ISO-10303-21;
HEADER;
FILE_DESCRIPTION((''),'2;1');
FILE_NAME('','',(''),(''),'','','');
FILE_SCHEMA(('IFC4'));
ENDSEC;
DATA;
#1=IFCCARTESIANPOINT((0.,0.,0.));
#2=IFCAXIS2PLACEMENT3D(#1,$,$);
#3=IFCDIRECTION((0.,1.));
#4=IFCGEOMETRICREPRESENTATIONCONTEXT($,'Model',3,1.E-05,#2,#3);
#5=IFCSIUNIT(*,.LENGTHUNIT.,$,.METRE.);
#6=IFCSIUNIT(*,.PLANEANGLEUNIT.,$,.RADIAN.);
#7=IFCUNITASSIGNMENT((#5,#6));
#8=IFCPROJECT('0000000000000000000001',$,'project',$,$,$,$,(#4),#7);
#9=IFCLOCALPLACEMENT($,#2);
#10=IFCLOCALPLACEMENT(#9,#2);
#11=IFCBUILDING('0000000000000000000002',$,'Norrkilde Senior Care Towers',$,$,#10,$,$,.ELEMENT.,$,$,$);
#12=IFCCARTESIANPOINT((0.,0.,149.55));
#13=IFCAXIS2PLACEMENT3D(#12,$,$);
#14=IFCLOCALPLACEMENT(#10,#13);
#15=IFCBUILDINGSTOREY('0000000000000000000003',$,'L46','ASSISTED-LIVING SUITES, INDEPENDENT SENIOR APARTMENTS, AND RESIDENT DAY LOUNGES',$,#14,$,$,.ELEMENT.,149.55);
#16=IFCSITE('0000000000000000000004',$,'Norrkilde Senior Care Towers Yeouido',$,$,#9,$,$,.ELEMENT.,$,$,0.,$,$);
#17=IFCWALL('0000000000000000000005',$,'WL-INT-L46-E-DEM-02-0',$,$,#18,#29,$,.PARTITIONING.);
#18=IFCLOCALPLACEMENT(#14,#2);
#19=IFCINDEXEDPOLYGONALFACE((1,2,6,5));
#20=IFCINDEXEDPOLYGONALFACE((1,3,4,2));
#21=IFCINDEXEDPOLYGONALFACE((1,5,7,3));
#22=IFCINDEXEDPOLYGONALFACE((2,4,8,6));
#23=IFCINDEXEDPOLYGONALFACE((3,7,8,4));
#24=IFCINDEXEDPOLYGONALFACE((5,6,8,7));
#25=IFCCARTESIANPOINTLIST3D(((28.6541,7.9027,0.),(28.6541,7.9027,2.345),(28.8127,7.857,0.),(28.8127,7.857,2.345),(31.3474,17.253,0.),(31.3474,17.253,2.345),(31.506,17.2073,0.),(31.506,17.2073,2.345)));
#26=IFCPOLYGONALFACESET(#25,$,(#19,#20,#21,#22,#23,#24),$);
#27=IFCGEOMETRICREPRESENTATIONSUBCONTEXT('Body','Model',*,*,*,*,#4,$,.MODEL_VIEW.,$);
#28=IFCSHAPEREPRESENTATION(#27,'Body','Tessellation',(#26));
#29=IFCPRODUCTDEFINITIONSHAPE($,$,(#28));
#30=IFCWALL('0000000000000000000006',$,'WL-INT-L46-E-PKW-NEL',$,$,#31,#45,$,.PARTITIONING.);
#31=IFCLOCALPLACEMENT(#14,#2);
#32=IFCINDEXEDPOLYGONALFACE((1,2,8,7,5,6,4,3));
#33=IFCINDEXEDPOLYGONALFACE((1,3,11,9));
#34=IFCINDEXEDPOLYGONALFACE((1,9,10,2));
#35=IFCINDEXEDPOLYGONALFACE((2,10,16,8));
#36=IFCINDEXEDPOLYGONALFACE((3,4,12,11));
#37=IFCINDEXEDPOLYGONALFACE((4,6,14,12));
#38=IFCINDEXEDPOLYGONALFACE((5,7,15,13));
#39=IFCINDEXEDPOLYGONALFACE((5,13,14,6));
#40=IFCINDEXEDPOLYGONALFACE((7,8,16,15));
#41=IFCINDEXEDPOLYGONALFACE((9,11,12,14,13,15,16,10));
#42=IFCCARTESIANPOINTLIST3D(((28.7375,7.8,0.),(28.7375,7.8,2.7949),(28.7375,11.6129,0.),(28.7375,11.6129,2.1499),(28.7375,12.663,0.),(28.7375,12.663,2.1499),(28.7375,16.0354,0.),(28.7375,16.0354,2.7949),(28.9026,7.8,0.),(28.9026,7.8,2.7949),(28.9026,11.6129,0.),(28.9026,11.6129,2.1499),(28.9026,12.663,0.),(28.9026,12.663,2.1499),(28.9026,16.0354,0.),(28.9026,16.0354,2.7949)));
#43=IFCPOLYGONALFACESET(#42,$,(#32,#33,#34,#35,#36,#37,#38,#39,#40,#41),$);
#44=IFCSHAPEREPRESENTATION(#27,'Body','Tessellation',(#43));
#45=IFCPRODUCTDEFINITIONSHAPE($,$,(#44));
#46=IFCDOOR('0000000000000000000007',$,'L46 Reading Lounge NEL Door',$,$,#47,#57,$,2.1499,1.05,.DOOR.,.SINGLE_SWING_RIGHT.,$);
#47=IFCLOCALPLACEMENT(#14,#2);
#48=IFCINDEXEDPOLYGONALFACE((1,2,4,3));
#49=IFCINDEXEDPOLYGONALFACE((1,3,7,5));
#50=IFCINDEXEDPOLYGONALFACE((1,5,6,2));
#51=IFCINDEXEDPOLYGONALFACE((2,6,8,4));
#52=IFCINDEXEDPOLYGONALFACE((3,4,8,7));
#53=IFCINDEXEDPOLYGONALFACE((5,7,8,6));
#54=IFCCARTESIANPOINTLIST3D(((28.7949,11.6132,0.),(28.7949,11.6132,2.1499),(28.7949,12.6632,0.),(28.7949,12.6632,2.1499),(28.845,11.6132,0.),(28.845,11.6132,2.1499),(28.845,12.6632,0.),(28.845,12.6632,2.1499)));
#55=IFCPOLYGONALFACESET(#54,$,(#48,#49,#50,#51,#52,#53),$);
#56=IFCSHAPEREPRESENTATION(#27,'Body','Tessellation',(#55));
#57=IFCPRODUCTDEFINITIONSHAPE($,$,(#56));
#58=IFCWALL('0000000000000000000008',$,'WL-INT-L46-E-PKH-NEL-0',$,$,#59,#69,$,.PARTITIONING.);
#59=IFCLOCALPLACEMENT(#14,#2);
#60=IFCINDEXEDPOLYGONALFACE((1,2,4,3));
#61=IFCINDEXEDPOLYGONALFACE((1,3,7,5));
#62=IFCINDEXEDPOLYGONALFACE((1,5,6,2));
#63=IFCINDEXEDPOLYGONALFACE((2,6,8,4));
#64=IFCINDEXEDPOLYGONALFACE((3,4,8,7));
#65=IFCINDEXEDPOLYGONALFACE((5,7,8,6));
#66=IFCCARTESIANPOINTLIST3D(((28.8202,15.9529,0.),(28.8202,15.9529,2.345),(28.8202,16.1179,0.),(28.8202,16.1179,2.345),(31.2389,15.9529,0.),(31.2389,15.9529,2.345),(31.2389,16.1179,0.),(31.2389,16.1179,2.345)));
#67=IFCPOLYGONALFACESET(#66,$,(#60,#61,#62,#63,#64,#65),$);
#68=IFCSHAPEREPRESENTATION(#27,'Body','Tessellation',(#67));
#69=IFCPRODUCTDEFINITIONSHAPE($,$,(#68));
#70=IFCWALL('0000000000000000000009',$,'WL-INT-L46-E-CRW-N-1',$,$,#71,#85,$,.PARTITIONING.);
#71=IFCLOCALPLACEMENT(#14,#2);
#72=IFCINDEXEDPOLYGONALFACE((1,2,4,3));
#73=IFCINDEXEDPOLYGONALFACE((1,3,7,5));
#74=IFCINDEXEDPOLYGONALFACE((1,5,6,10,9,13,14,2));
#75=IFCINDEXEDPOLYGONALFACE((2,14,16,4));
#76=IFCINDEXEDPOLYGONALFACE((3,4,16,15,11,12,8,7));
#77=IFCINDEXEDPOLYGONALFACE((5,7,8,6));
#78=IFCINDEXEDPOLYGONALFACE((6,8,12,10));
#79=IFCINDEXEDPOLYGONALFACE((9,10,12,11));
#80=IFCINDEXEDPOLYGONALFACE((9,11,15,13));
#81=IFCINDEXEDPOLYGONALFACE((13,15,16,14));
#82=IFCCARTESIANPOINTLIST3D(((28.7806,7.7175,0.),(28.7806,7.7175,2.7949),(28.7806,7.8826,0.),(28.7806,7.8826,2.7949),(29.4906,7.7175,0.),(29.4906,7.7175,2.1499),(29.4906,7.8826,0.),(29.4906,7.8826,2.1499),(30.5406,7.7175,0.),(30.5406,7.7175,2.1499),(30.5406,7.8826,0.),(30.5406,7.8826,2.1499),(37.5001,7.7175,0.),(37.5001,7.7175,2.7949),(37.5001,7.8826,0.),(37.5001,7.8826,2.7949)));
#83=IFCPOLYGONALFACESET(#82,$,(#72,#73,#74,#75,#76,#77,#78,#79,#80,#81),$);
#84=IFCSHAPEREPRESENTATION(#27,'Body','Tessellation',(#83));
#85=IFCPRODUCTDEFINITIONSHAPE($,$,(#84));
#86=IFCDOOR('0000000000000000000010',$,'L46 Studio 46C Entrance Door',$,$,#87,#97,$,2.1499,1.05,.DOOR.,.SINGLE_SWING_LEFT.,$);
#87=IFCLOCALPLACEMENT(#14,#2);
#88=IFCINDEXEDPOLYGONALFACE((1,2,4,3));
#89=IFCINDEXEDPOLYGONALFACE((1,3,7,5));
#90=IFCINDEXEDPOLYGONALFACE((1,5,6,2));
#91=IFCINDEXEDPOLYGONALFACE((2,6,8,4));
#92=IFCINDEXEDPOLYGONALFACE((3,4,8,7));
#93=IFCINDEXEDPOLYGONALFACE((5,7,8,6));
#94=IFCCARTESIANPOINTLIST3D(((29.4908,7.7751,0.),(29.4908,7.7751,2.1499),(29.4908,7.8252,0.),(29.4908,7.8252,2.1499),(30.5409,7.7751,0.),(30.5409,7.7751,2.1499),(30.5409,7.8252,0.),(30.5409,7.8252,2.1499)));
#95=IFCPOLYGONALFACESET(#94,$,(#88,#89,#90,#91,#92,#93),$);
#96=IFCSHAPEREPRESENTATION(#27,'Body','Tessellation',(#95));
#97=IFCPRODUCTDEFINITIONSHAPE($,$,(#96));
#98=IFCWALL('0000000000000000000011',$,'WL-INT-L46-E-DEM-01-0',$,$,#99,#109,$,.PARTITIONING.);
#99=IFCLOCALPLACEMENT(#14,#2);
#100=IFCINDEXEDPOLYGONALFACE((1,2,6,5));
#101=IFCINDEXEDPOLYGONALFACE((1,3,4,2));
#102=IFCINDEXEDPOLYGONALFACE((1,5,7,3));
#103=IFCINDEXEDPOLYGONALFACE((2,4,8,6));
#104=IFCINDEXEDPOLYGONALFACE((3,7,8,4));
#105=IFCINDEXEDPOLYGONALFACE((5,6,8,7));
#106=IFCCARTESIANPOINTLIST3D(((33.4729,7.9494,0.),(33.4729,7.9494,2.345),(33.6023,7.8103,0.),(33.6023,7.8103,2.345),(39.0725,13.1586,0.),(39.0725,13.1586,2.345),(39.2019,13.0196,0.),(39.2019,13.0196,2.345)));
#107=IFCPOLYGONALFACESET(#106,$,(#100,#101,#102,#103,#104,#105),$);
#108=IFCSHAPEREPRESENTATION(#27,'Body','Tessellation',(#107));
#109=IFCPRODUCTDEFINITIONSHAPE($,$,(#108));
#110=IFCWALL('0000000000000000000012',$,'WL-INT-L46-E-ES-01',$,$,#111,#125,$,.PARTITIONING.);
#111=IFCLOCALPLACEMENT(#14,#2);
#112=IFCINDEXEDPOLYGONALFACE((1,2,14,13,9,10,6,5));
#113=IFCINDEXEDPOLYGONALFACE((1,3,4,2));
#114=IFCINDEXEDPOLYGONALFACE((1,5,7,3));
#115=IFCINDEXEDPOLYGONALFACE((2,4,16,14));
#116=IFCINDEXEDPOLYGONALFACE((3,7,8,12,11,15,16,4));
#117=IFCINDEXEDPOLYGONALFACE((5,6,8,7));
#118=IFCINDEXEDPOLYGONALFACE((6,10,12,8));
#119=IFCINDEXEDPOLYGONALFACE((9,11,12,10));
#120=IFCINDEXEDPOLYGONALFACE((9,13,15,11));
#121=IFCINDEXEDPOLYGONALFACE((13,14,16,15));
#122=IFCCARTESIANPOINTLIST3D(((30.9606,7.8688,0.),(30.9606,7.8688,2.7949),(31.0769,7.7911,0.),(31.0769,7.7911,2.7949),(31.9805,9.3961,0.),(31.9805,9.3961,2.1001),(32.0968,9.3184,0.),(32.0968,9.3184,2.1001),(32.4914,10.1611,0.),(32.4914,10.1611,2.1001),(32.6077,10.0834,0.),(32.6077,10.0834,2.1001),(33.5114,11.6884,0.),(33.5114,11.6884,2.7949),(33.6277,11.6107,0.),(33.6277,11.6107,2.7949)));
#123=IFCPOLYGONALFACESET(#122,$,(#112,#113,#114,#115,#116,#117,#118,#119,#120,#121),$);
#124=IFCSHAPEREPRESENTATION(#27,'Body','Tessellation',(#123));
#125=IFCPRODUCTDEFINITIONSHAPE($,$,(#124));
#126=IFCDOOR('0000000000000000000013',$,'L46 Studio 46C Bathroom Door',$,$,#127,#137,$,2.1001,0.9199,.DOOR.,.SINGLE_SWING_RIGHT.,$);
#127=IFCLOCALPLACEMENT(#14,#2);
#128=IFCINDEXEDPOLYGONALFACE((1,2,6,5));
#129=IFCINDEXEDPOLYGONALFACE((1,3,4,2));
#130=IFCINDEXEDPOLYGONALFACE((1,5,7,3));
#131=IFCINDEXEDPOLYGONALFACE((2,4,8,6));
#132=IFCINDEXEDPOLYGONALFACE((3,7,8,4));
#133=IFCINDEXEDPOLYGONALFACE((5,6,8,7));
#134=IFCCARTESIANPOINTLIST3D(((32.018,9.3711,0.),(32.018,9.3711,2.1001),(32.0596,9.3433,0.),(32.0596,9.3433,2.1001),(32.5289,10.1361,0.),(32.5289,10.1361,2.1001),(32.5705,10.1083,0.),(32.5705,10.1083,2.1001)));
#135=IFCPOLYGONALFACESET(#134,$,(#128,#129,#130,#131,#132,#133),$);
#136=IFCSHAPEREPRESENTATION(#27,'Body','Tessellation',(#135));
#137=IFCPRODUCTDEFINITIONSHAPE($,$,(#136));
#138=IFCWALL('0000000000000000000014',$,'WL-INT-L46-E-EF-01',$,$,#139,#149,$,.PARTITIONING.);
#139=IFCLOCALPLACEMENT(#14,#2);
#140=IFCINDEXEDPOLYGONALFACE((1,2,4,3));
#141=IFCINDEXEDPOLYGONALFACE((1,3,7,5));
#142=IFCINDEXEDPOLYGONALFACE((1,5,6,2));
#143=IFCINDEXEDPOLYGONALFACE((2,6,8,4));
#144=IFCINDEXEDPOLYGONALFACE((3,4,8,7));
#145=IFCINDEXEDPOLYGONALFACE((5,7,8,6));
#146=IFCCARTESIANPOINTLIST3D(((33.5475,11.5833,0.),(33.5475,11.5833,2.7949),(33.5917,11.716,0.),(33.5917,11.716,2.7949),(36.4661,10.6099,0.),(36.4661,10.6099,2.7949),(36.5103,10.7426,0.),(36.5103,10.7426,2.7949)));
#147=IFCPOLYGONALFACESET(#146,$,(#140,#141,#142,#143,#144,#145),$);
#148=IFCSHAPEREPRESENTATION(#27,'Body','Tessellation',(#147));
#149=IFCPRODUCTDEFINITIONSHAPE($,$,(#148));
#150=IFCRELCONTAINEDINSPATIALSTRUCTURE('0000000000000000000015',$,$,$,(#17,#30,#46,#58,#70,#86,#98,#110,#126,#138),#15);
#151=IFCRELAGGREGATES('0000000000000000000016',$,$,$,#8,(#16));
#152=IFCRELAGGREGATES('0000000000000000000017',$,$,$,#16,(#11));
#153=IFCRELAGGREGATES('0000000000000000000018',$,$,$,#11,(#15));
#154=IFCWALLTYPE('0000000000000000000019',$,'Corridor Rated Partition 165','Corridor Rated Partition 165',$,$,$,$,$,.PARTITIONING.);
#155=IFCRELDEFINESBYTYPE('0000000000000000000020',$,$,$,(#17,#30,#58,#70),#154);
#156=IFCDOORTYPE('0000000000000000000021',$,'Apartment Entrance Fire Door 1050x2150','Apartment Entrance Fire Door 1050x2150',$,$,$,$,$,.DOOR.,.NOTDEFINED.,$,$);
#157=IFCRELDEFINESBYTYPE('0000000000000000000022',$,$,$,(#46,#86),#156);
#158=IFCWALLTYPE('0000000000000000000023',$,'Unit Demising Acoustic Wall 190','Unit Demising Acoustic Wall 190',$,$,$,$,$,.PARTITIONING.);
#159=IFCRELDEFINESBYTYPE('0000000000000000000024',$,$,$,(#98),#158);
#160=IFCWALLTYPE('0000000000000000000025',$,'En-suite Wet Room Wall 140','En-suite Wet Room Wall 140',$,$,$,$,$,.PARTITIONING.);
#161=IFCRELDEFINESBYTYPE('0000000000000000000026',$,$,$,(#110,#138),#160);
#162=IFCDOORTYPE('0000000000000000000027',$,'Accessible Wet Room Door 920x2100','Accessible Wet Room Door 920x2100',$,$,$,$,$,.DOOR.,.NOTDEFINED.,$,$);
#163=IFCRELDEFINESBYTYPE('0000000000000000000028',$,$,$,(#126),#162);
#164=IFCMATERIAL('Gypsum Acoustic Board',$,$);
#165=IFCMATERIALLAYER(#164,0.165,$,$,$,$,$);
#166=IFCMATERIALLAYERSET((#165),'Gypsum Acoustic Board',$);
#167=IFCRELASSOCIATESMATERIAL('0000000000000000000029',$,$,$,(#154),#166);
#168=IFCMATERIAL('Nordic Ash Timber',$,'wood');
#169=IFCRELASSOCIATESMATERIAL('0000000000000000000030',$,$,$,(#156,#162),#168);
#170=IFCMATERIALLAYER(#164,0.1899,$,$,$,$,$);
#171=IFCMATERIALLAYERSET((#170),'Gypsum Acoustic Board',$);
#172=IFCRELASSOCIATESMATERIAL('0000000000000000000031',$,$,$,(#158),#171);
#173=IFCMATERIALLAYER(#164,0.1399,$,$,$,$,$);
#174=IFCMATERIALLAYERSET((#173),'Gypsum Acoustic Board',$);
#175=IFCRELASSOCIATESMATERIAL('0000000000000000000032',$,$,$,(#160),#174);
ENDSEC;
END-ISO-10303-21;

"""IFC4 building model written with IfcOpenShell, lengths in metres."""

from ifc_helpers import new_model, si_unit, direction, frame, frame_2d, origin, place, context, subcontext, project, spatial, rectangle, extrude, source, transform, mapped, material, layer, layer_set, type_object, type_shapes, element, fill, save


model = new_model("IFC4")

# Units and contexts
model_context = context("Model", 3, precision=1e-05, world=origin(), true_north=direction((0.0, 1.0)))
body_context = subcontext(model_context, "Body", "Model", "MODEL_VIEW")
ifc_project = project(units=[si_unit("LENGTHUNIT", "METRE"), si_unit("PLANEANGLEUNIT", "RADIAN")], contexts=[model_context])

# Site, building, storey
site_placement = place(None, origin())
site = spatial("IfcSite", under=ifc_project, at=site_placement, Name="Norrkilde Senior Care Towers Yeouido", CompositionType="ELEMENT", RefElevation=0.0)
building_placement = place(site_placement, origin())
building = spatial("IfcBuilding", under=site, at=building_placement, Name="Norrkilde Senior Care Towers", CompositionType="ELEMENT")
storey_placement = place(building_placement, frame((0.0, 0.0, 149.55)))
storey = spatial("IfcBuildingStorey", under=building, at=storey_placement, Name="L46", Description="ASSISTED-LIVING SUITES, INDEPENDENT SENIOR APARTMENTS, AND RESIDENT DAY LOUNGES", CompositionType="ELEMENT", Elevation=149.55)

# Shared definitions
ifc_material_1 = material(Name="Gypsum Acoustic Board")
ifc_layer_1 = layer(ifc_material_1, 0.165)
ifc_layer_set_1 = layer_set([ifc_layer_1], Name="Gypsum Acoustic Board")
wall_type_1 = type_object("IfcWallType", Name="Corridor Rated Partition 165", Description="Corridor Rated Partition 165", PredefinedType="PARTITIONING", material=ifc_layer_set_1)
ifc_material_2 = material(Name="Nordic Ash Timber", Category="wood")
door_type_1 = type_object("IfcDoorType", Name="Apartment Entrance Fire Door 1050x2150", Description="Apartment Entrance Fire Door 1050x2150", OperationType="NOTDEFINED", PredefinedType="DOOR", material=ifc_material_2)
shared_shape_1 = source(origin(), body_context, "Body", "SweptSolid", [
    extrude(rectangle(XDim=1.05, YDim=2.1499, at=frame_2d((0.5249, 1.075))), frame((0.0, 0.0249, 0.0), z_axis=(0.0, -1.0, 0.0), x_axis=(1.0, 0.0, 0.0)), (0.0, 0.0, 1.0), 0.05),
])
type_shapes(door_type_1, [shared_shape_1])

# Wall
shared_shape_2 = source(origin(), body_context, "Body", "SweptSolid", [
    extrude(rectangle(XDim=9.7305, YDim=0.165, at=frame_2d((4.8652, 0.0))), origin(), (0.0, 0.0, 1.0), 2.345),
])
wall_1_placement = place(storey_placement, frame((28.7334, 7.8799, 0.0), z_axis=(0.0, 0.0, 1.0), x_axis=(0.276795, 0.960929, 0.0)))
element("IfcWall", 1, at=wall_1_placement, inside=storey, type_object=wall_type_1, Name="WL-INT-L46-E-DEM-02-0", PredefinedType="PARTITIONING", context=body_context, shape_type="MappedRepresentation", body=[
    mapped(shared_shape_2, transform((0.0, 0.0, 0.0), x_axis=(1.0, 0.0, 0.0), y_axis=(0.0, 1.0, 0.0), z_axis=(0.0, 0.0, 1.0), scale=1.0)),
])

# Wall, opening, door
shared_shape_3 = source(origin(), body_context, "Body", "SweptSolid", [
    extrude(rectangle(XDim=8.2354, YDim=0.165, at=frame_2d((4.1177, 0.0))), origin(), (0.0, 0.0, 1.0), 2.7949),
])
wall_2_placement = place(storey_placement, frame((28.8201, 7.8, 0.0), z_axis=(0.0, 0.0, 1.0), x_axis=(0.0, 1.0, 0.0)))
wall_2 = element("IfcWall", 2, at=wall_2_placement, inside=storey, type_object=wall_type_1, Name="WL-INT-L46-E-PKW-NEL", PredefinedType="PARTITIONING", context=body_context, shape_type="MappedRepresentation", body=[
    mapped(shared_shape_3, transform((0.0, 0.0, 0.0), x_axis=(1.0, 0.0, 0.0), y_axis=(0.0, 1.0, 0.0), z_axis=(0.0, 0.0, 1.0), scale=1.0)),
])
opening_1_placement = place(wall_2_placement, frame((3.813, 0.0, 0.0)))
opening_1 = element("IfcOpeningElement", 3, at=opening_1_placement, cuts=wall_2, PredefinedType="OPENING", context=body_context, shape_type="SweptSolid", body=[
    extrude(rectangle(XDim=1.05, YDim=2.1499, at=frame_2d((0.5249, 1.075))), frame((0.0, 0.0925, 0.0), z_axis=(0.0, -1.0, 0.0), x_axis=(1.0, 0.0, 0.0)), (0.0, 0.0, 1.0), 0.1851),
])
door_1_placement = place(opening_1_placement, frame((1.05, 0.0, 0.0), z_axis=(0.0, 0.0, 1.0), x_axis=(-1.0, 0.0, 0.0)))
door_1 = element("IfcDoor", 4, at=door_1_placement, inside=storey, type_object=door_type_1, Name="L46 Reading Lounge NEL Door", OperationType="SINGLE_SWING_RIGHT", OverallHeight=2.1499, OverallWidth=1.05, PredefinedType="DOOR", context=body_context, shape_type="MappedRepresentation", body=[
    mapped(shared_shape_1, transform((0.0, 0.0, 0.0), x_axis=(1.0, 0.0, 0.0), y_axis=(0.0, 1.0, 0.0), z_axis=(0.0, 0.0, 1.0), scale=1.0)),
])
fill(opening_1, door_1)

# Wall
shared_shape_4 = source(origin(), body_context, "Body", "SweptSolid", [
    extrude(rectangle(XDim=2.4187, YDim=0.165, at=frame_2d((1.2095, 0.0))), origin(), (0.0, 0.0, 1.0), 2.345),
])
wall_3_placement = place(storey_placement, frame((28.8201, 16.0354, 0.0), z_axis=(0.0, 0.0, 1.0), x_axis=(1.0, 0.0, 0.0)))
element("IfcWall", 5, at=wall_3_placement, inside=storey, type_object=wall_type_1, Name="WL-INT-L46-E-PKH-NEL-0", PredefinedType="PARTITIONING", context=body_context, shape_type="MappedRepresentation", body=[
    mapped(shared_shape_4, transform((0.0, 0.0, 0.0), x_axis=(1.0, 0.0, 0.0), y_axis=(0.0, 1.0, 0.0), z_axis=(0.0, 0.0, 1.0), scale=1.0)),
])

# Wall, opening, door
shared_shape_5 = source(origin(), body_context, "Body", "SweptSolid", [
    extrude(rectangle(XDim=8.7195, YDim=0.165, at=frame_2d((4.3599, 0.0))), origin(), (0.0, 0.0, 1.0), 2.7949),
])
wall_4_placement = place(storey_placement, frame((28.7805, 7.8, 0.0), z_axis=(0.0, 0.0, 1.0), x_axis=(1.0, 0.0, 0.0)))
wall_4 = element("IfcWall", 6, at=wall_4_placement, inside=storey, type_object=wall_type_1, Name="WL-INT-L46-E-CRW-N-1", PredefinedType="PARTITIONING", context=body_context, shape_type="MappedRepresentation", body=[
    mapped(shared_shape_5, transform((0.0, 0.0, 0.0), x_axis=(1.0, 0.0, 0.0), y_axis=(0.0, 1.0, 0.0), z_axis=(0.0, 0.0, 1.0), scale=1.0)),
])
opening_2_placement = place(wall_4_placement, frame((0.7102, 0.0, 0.0)))
opening_2 = element("IfcOpeningElement", 7, at=opening_2_placement, cuts=wall_4, PredefinedType="OPENING", context=body_context, shape_type="SweptSolid", body=[
    extrude(rectangle(XDim=1.05, YDim=2.1499, at=frame_2d((0.5249, 1.075))), frame((0.0, 0.0925, 0.0), z_axis=(0.0, -1.0, 0.0), x_axis=(1.0, 0.0, 0.0)), (0.0, 0.0, 1.0), 0.1851),
])
door_2_placement = place(opening_2_placement, frame((1.05, 0.0, 0.0), z_axis=(0.0, 0.0, 1.0), x_axis=(-1.0, 0.0, 0.0)))
door_2 = element("IfcDoor", 8, at=door_2_placement, inside=storey, type_object=door_type_1, Name="L46 Studio 46C Entrance Door", OperationType="SINGLE_SWING_LEFT", OverallHeight=2.1499, OverallWidth=1.05, PredefinedType="DOOR", context=body_context, shape_type="MappedRepresentation", body=[
    mapped(shared_shape_1, transform((0.0, 0.0, 0.0), x_axis=(1.0, 0.0, 0.0), y_axis=(0.0, 1.0, 0.0), z_axis=(0.0, 0.0, 1.0), scale=1.0)),
])
fill(opening_2, door_2)

# Wall
ifc_layer_2 = layer(ifc_material_1, 0.1899)
ifc_layer_set_2 = layer_set([ifc_layer_2], Name="Gypsum Acoustic Board")
wall_type_2 = type_object("IfcWallType", Name="Unit Demising Acoustic Wall 190", Description="Unit Demising Acoustic Wall 190", PredefinedType="PARTITIONING", material=ifc_layer_set_2)
shared_shape_6 = source(origin(), body_context, "Body", "SweptSolid", [
    extrude(rectangle(XDim=7.6479, YDim=0.1899, at=frame_2d((3.824, 0.0))), origin(), (0.0, 0.0, 1.0), 2.345),
])
type_shapes(wall_type_2, [shared_shape_6])
wall_5_placement = place(storey_placement, frame((33.5376, 7.8799, 0.0), z_axis=(0.0, 0.0, 1.0), x_axis=(0.732168, 0.681124, 0.0)))
element("IfcWall", 9, at=wall_5_placement, inside=storey, type_object=wall_type_2, Name="WL-INT-L46-E-DEM-01-0", PredefinedType="PARTITIONING", context=body_context, shape_type="MappedRepresentation", body=[
    mapped(shared_shape_6, transform((0.0, 0.0, 0.0), x_axis=(1.0, 0.0, 0.0), y_axis=(0.0, 1.0, 0.0), z_axis=(0.0, 0.0, 1.0), scale=1.0)),
])

# Wall, opening, door
ifc_layer_3 = layer(ifc_material_1, 0.1399)
ifc_layer_set_3 = layer_set([ifc_layer_3], Name="Gypsum Acoustic Board")
wall_type_3 = type_object("IfcWallType", Name="En-suite Wet Room Wall 140", Description="En-suite Wet Room Wall 140", PredefinedType="PARTITIONING", material=ifc_layer_set_3)
shared_shape_7 = source(origin(), body_context, "Body", "SweptSolid", [
    extrude(rectangle(XDim=4.593, YDim=0.1399, at=frame_2d((2.2964, 0.0))), origin(), (0.0, 0.0, 1.0), 2.7949),
])
wall_6_placement = place(storey_placement, frame((31.0188, 7.8301, 0.0), z_axis=(0.0, 0.0, 1.0), x_axis=(0.555362, 0.831608, 0.0)))
wall_6 = element("IfcWall", 10, at=wall_6_placement, inside=storey, type_object=wall_type_3, Name="WL-INT-L46-E-ES-01", PredefinedType="PARTITIONING", context=body_context, shape_type="MappedRepresentation", body=[
    mapped(shared_shape_7, transform((0.0, 0.0, 0.0), x_axis=(1.0, 0.0, 0.0), y_axis=(0.0, 1.0, 0.0), z_axis=(0.0, 0.0, 1.0), scale=1.0)),
])
opening_3_placement = place(wall_6_placement, frame((1.8364, 0.0, 0.0)))
opening_3 = element("IfcOpeningElement", 11, at=opening_3_placement, cuts=wall_6, PredefinedType="OPENING", context=body_context, shape_type="SweptSolid", body=[
    extrude(rectangle(XDim=0.9199, YDim=2.1001, at=frame_2d((0.46, 1.05))), frame((0.0, 0.0798, 0.0), z_axis=(0.0, -1.0, 0.0), x_axis=(1.0, 0.0, 0.0)), (0.0, 0.0, 1.0), 0.1599),
])
door_type_2 = type_object("IfcDoorType", Name="Accessible Wet Room Door 920x2100", Description="Accessible Wet Room Door 920x2100", OperationType="NOTDEFINED", PredefinedType="DOOR", material=ifc_material_2)
shared_shape_8 = source(origin(), body_context, "Body", "SweptSolid", [
    extrude(rectangle(XDim=0.9199, YDim=2.1001, at=frame_2d((0.46, 1.05))), frame((0.0, 0.0249, 0.0), z_axis=(0.0, -1.0, 0.0), x_axis=(1.0, 0.0, 0.0)), (0.0, 0.0, 1.0), 0.05),
])
type_shapes(door_type_2, [shared_shape_8])
door_3_placement = place(opening_3_placement, origin())
door_3 = element("IfcDoor", 12, at=door_3_placement, inside=storey, type_object=door_type_2, Name="L46 Studio 46C Bathroom Door", OperationType="SINGLE_SWING_RIGHT", OverallHeight=2.1001, OverallWidth=0.9199, PredefinedType="DOOR", context=body_context, shape_type="MappedRepresentation", body=[
    mapped(shared_shape_8, transform((0.0, 0.0, 0.0), x_axis=(1.0, 0.0, 0.0), y_axis=(0.0, 1.0, 0.0), z_axis=(0.0, 0.0, 1.0), scale=1.0)),
])
fill(opening_3, door_3)

# Wall
shared_shape_9 = source(origin(), body_context, "Body", "SweptSolid", [
    extrude(rectangle(XDim=3.0767, YDim=0.1399, at=frame_2d((1.5383, 0.0))), origin(), (0.0, 0.0, 1.0), 2.7949),
])
type_shapes(wall_type_3, [shared_shape_7, shared_shape_9])
wall_7_placement = place(storey_placement, frame((33.5696, 11.6497, 0.0), z_axis=(0.0, 0.0, 1.0), x_axis=(0.948636, -0.316371, 0.0)))
element("IfcWall", 13, at=wall_7_placement, inside=storey, type_object=wall_type_3, Name="WL-INT-L46-E-EF-01", PredefinedType="PARTITIONING", context=body_context, shape_type="MappedRepresentation", body=[
    mapped(shared_shape_9, transform((0.0, 0.0, 0.0), x_axis=(1.0, 0.0, 0.0), y_axis=(0.0, 1.0, 0.0), z_axis=(0.0, 0.0, 1.0), scale=1.0)),
])

save(model, "model.ifc")
